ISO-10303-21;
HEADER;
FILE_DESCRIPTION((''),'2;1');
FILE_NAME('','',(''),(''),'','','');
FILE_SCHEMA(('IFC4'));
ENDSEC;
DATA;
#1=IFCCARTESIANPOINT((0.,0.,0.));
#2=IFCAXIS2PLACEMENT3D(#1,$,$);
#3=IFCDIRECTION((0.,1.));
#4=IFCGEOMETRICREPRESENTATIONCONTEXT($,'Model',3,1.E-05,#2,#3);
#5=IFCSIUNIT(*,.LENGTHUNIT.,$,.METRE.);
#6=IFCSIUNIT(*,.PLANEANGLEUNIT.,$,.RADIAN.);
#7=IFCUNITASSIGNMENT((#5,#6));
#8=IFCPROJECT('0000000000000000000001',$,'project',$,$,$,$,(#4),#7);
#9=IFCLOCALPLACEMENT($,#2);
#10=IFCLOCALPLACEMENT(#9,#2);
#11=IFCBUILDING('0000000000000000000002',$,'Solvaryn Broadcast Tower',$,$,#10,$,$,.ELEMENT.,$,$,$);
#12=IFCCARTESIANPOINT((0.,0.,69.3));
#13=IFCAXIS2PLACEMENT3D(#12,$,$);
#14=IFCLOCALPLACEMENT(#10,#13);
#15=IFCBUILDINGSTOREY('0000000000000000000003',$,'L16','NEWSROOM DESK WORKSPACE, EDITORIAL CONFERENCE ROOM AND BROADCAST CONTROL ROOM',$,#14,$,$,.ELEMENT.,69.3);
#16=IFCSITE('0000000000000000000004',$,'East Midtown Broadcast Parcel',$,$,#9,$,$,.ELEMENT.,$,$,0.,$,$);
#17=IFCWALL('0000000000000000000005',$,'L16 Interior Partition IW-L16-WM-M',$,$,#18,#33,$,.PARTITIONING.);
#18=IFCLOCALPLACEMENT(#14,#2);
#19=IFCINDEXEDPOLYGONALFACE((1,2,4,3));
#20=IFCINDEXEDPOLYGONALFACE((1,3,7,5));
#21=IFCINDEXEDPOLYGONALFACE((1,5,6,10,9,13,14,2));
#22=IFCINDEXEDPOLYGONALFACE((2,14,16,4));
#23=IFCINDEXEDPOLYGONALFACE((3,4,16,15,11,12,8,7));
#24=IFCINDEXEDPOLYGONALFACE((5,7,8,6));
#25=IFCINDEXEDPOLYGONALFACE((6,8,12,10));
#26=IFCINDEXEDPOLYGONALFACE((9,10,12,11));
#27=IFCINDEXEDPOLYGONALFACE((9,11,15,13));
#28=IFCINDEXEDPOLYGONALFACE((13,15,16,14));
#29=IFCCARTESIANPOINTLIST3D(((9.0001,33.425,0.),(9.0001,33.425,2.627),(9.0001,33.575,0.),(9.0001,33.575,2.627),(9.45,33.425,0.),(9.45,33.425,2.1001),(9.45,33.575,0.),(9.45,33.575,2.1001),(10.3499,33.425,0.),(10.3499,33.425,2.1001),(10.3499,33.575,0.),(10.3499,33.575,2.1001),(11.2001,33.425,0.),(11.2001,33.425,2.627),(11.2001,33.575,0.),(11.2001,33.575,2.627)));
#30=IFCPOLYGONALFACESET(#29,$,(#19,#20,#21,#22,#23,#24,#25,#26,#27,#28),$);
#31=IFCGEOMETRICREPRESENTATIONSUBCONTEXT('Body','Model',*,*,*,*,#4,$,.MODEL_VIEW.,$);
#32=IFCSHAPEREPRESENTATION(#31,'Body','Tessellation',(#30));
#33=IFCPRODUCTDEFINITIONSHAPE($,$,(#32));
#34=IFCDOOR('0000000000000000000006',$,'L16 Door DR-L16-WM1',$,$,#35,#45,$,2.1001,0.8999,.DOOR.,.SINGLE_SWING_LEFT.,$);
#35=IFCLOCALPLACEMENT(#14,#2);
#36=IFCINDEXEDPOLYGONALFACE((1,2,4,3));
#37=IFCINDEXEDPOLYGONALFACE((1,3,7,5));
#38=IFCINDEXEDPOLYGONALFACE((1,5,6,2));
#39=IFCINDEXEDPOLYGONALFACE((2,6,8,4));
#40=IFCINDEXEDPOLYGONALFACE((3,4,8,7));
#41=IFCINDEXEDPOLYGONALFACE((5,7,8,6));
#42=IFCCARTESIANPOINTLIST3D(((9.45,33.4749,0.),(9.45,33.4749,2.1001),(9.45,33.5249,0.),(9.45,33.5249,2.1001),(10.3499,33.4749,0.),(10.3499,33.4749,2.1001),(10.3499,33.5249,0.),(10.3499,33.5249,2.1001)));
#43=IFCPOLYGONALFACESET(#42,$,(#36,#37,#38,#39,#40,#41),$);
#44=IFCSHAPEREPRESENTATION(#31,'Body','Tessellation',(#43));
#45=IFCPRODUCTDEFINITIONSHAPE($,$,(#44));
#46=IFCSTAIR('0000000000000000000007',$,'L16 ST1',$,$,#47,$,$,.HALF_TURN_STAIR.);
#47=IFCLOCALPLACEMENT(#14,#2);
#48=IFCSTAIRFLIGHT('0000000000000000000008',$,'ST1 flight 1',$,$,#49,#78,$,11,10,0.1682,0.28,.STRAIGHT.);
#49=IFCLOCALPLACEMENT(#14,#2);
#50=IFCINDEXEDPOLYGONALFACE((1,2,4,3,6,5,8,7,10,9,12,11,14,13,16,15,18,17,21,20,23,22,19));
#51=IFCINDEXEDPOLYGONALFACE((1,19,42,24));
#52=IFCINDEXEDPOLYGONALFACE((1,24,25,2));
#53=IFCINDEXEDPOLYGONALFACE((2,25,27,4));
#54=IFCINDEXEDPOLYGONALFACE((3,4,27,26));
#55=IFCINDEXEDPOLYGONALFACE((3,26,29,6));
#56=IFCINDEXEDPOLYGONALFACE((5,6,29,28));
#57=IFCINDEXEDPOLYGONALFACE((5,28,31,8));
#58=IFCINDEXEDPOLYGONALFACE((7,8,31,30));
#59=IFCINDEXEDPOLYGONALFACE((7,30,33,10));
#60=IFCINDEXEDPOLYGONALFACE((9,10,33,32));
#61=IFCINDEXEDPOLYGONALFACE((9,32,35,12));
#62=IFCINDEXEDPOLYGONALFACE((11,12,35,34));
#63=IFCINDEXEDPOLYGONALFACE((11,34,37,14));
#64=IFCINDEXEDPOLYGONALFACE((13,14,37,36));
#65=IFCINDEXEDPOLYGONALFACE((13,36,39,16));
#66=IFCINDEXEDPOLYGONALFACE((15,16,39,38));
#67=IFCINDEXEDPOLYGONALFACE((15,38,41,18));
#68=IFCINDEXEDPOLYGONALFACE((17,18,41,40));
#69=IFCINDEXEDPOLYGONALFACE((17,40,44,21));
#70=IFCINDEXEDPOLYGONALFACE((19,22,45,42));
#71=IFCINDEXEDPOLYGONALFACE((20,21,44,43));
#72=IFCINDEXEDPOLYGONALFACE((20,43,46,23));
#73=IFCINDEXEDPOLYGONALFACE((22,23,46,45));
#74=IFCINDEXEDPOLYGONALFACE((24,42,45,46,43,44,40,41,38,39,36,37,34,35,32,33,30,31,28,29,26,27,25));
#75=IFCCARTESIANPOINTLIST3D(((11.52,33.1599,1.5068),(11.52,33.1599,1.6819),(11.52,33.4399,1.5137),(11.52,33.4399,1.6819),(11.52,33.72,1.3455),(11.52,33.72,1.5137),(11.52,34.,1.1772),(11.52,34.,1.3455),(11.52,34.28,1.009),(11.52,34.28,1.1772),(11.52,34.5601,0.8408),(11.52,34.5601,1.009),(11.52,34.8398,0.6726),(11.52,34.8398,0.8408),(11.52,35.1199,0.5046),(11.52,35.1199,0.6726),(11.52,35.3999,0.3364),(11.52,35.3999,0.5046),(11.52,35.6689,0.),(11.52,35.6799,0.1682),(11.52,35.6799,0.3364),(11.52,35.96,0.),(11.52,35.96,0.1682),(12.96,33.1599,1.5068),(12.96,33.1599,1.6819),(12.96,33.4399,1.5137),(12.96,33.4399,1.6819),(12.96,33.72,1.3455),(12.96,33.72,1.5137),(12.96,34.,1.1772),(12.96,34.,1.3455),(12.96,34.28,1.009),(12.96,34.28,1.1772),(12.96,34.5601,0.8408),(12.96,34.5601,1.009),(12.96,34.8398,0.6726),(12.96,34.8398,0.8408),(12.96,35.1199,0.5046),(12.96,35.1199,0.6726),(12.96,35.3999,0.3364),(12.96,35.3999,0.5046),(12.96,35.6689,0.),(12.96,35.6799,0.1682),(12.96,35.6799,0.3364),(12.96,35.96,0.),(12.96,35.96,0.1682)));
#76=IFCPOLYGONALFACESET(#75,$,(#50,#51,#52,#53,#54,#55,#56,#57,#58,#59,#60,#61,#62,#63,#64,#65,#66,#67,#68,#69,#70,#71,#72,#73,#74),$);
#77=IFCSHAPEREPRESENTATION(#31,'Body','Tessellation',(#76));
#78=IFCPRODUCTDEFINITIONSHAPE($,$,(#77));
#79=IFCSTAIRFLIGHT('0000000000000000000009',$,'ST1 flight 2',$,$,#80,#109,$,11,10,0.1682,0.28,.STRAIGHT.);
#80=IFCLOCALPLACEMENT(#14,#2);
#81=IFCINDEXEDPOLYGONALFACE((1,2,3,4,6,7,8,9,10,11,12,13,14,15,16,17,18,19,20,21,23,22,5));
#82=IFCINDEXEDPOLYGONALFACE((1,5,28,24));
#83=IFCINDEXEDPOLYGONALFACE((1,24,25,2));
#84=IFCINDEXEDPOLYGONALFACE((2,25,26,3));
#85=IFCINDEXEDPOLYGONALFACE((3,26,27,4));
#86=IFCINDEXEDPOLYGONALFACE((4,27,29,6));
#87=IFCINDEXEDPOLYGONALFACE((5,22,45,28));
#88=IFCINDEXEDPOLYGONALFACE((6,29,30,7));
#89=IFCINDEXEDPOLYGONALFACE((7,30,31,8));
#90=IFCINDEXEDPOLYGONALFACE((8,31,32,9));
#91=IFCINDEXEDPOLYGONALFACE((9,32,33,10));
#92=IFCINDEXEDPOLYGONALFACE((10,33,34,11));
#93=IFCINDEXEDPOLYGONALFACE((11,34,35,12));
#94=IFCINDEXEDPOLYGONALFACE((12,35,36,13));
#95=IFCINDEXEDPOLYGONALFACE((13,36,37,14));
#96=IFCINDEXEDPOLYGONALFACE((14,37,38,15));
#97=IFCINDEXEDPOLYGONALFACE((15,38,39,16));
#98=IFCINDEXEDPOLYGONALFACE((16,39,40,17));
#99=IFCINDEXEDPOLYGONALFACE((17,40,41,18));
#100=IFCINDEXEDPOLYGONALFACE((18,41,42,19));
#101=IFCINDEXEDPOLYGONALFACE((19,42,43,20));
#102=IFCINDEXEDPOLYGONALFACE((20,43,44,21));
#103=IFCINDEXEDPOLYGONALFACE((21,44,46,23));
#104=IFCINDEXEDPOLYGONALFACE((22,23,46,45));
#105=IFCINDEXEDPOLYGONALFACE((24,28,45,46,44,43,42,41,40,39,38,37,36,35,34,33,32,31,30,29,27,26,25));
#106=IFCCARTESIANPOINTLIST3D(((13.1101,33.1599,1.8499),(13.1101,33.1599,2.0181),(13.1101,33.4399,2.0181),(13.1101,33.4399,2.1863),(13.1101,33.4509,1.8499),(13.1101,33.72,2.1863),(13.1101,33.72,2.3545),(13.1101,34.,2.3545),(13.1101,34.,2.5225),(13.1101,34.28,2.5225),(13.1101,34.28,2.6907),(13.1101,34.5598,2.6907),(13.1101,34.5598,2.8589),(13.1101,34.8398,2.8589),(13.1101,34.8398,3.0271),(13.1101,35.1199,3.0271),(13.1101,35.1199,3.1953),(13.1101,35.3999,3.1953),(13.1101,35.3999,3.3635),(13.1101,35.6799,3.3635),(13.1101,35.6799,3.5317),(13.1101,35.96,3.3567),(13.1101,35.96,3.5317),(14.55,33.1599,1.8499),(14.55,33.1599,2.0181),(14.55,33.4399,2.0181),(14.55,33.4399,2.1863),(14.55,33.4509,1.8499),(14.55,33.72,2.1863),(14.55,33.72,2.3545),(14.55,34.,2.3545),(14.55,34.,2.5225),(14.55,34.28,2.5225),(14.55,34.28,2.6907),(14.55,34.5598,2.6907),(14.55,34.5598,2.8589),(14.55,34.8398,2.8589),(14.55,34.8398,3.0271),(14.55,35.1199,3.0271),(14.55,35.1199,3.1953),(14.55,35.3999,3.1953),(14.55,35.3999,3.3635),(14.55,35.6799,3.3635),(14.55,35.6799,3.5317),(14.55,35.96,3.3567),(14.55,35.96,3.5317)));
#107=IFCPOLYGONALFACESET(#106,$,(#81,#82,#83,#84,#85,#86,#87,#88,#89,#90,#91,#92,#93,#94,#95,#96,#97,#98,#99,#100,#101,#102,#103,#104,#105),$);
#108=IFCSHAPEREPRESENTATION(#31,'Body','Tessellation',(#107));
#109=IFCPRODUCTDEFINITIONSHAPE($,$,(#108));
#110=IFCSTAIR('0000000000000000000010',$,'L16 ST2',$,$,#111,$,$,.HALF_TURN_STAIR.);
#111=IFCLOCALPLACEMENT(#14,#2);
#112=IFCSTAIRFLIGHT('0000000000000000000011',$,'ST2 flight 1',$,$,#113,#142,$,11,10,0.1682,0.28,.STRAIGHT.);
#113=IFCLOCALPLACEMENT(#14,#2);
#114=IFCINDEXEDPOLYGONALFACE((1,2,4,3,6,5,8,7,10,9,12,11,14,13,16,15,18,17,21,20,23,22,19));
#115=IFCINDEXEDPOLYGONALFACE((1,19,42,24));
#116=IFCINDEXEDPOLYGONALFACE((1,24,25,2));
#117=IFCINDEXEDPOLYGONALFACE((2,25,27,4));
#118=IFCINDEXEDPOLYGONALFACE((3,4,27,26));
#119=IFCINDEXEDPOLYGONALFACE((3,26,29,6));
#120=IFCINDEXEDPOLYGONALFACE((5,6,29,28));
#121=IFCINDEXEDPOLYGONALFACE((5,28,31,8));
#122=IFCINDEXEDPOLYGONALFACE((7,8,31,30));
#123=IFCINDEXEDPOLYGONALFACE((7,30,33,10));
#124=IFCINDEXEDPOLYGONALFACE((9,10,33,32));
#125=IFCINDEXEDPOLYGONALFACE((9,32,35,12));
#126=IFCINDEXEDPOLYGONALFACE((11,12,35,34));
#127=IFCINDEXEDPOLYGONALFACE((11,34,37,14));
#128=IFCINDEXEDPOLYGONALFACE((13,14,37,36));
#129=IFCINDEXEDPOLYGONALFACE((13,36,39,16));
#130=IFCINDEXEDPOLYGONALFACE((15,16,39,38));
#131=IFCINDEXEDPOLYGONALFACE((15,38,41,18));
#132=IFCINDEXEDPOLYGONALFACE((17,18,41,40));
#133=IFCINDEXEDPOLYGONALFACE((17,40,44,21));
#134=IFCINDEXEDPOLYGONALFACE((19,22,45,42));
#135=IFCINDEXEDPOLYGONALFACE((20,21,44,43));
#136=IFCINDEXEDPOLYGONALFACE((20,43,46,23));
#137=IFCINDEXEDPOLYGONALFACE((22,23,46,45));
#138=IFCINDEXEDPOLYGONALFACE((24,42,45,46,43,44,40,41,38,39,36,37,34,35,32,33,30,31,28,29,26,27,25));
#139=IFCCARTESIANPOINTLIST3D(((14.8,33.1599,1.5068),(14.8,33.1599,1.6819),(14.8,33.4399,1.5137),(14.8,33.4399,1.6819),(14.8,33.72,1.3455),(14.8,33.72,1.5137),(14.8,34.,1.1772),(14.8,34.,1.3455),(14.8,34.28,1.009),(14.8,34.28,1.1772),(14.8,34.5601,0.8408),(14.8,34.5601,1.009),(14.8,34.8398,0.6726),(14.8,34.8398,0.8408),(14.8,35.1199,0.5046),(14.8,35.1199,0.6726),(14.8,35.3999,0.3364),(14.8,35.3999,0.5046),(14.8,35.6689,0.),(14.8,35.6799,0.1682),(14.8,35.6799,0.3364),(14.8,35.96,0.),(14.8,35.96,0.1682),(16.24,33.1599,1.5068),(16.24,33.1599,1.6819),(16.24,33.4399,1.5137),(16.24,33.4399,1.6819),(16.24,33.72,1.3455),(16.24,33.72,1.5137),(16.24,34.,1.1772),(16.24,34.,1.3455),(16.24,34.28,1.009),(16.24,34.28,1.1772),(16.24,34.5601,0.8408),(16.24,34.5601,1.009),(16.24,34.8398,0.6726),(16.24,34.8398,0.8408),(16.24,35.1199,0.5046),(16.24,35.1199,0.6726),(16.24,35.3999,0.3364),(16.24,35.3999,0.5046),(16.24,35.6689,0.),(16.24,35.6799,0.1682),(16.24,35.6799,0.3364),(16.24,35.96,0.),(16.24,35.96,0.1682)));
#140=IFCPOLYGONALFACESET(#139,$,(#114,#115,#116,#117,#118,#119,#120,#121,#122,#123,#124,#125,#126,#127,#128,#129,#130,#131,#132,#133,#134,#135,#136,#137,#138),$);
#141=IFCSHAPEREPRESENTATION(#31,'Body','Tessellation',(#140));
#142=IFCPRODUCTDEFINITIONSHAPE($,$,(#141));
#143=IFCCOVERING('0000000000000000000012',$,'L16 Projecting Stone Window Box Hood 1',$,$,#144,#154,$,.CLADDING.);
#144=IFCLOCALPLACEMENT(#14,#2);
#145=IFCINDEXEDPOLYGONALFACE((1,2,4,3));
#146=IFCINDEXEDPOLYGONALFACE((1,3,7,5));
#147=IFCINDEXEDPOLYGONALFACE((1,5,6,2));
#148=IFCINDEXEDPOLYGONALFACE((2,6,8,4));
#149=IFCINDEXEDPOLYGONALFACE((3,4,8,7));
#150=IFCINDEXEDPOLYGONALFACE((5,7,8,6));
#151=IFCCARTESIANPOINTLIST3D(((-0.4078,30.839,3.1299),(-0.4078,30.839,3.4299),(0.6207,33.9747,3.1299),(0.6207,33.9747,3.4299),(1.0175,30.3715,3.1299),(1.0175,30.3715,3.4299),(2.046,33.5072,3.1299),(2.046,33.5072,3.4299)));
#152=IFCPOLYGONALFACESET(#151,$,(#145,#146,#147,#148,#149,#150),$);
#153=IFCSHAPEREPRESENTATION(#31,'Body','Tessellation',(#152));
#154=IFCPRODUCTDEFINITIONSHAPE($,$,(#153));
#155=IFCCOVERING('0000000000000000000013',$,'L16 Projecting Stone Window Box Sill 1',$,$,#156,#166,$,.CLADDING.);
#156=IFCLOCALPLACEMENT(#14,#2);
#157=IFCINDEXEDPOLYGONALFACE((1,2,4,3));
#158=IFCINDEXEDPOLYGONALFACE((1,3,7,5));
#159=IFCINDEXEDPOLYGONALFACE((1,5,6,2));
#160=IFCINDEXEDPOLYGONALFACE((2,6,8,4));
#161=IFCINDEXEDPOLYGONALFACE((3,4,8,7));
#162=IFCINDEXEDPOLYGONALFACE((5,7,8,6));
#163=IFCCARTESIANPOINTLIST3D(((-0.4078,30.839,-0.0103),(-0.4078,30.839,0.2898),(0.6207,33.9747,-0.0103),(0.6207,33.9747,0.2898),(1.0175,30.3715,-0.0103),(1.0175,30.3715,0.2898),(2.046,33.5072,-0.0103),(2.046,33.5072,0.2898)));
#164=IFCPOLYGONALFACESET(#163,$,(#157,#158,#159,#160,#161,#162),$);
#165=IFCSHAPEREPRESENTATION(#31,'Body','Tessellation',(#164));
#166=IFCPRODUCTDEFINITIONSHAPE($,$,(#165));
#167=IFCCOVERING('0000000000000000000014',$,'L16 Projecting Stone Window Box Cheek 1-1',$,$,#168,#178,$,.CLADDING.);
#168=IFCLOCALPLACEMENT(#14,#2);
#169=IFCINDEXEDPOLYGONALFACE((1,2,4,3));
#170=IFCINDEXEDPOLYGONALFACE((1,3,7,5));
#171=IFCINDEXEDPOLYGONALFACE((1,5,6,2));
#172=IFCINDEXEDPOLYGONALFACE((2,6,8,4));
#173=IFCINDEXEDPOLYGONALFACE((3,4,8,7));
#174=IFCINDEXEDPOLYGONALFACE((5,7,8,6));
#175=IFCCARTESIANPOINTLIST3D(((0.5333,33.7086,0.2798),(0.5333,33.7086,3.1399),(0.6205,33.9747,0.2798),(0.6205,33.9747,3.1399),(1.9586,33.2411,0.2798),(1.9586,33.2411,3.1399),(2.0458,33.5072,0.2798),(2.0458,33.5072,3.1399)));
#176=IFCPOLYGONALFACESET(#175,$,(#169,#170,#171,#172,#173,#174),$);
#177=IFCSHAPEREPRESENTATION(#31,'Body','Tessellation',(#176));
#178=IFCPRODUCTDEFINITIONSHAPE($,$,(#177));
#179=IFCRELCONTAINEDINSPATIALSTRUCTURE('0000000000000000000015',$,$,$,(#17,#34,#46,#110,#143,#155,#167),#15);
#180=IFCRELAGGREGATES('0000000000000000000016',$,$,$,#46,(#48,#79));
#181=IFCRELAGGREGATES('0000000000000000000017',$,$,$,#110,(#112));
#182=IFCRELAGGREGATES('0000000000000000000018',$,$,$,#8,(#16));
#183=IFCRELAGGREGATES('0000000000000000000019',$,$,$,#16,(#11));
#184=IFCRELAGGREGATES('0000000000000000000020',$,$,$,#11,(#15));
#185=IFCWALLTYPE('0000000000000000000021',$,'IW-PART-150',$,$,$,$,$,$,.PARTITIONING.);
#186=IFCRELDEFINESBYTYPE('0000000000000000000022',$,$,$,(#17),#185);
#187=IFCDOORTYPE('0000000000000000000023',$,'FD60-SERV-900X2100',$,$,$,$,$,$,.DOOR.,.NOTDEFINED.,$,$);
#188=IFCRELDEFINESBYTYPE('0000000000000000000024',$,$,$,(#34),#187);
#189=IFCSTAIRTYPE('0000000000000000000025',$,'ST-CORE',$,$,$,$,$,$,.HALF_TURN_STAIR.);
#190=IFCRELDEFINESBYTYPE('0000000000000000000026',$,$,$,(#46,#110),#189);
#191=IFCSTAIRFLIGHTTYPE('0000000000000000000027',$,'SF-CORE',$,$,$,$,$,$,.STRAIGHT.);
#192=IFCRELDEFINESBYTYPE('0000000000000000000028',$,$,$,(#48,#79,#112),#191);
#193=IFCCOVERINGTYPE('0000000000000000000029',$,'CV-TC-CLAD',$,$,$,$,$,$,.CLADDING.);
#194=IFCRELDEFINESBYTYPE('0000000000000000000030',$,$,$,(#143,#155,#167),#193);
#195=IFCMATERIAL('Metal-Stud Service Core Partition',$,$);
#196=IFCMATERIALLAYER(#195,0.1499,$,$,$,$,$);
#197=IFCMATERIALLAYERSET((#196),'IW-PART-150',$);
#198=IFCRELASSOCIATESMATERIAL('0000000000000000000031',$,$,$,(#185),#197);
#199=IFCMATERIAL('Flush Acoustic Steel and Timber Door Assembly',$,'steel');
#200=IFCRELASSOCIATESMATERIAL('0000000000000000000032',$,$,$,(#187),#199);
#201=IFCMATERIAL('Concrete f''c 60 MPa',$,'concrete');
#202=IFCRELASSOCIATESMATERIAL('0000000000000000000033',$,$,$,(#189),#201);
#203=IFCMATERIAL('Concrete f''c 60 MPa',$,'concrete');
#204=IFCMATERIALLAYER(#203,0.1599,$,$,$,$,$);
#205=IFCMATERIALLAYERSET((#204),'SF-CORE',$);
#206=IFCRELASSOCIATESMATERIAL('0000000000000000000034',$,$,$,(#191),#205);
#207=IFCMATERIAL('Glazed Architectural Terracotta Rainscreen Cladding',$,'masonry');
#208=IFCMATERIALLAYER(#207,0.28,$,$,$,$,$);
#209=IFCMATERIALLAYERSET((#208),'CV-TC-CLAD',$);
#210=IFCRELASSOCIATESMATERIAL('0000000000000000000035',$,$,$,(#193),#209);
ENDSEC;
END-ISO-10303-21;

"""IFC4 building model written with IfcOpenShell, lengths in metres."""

from ifc_helpers import new_model, si_unit, direction, frame, frame_2d, origin, origin_2d, place, context, subcontext, project, spatial, polyline, rectangle, outline, extrude, material, layer, layer_set, type_object, element, fill, aggregate, save


model = new_model("IFC4")

# Units and contexts
model_context = context("Model", 3, precision=1e-05, world=origin(), true_north=direction((0.0, 1.0)))
body_context = subcontext(model_context, "Body", "Model", "MODEL_VIEW")
ifc_project = project(units=[si_unit("LENGTHUNIT", "METRE"), si_unit("PLANEANGLEUNIT", "RADIAN")], contexts=[model_context])

# Site, building, storey
site_placement = place(None, origin())
site = spatial("IfcSite", under=ifc_project, at=site_placement, Name="East Midtown Broadcast Parcel", CompositionType="ELEMENT", RefElevation=0.0)
building_placement = place(site_placement, origin())
building = spatial("IfcBuilding", under=site, at=building_placement, Name="Solvaryn Broadcast Tower", CompositionType="ELEMENT")
storey_placement = place(building_placement, frame((0.0, 0.0, 69.3)))
storey = spatial("IfcBuildingStorey", under=building, at=storey_placement, Name="L16", Description="NEWSROOM DESK WORKSPACE, EDITORIAL CONFERENCE ROOM AND BROADCAST CONTROL ROOM", CompositionType="ELEMENT", Elevation=69.3)

# Wall, opening, door
ifc_material_1 = material(Name="Metal-Stud Service Core Partition")
ifc_layer_1 = layer(ifc_material_1, 0.1499)
ifc_layer_set_1 = layer_set([ifc_layer_1], Name="IW-PART-150")
wall_type = type_object("IfcWallType", Name="IW-PART-150", PredefinedType="PARTITIONING", material=ifc_layer_set_1)
wall_placement = place(storey_placement, frame((9.0, 33.5, 0.0), z_axis=(0.0, 0.0, 1.0), x_axis=(1.0, 0.0, 0.0)))
wall = element("IfcWall", 1, at=wall_placement, inside=storey, type_object=wall_type, Name="L16 Interior Partition IW-L16-WM-M", PredefinedType="PARTITIONING", context=body_context, shape_type="SweptSolid", body=[
    extrude(rectangle(XDim=2.2, YDim=0.1499, at=frame_2d((1.1001, 0.0))), origin(), (0.0, 0.0, 1.0), 2.627),
])
opening_placement = place(wall_placement, frame((0.45, 0.0, 0.0)))
opening = element("IfcOpeningElement", 2, at=opening_placement, cuts=wall, PredefinedType="OPENING", context=body_context, shape_type="SweptSolid", body=[
    extrude(rectangle(XDim=0.8999, YDim=2.1001, at=frame_2d((0.45, 1.05))), frame((0.0, 0.085, 0.0), z_axis=(0.0, -1.0, 0.0), x_axis=(1.0, 0.0, 0.0)), (0.0, 0.0, 1.0), 0.1699),
])
ifc_material_2 = material(Name="Flush Acoustic Steel and Timber Door Assembly", Category="steel")
door_type = type_object("IfcDoorType", Name="FD60-SERV-900X2100", OperationType="NOTDEFINED", PredefinedType="DOOR", material=ifc_material_2)
door_placement = place(opening_placement, origin())
door = element("IfcDoor", 3, at=door_placement, inside=storey, type_object=door_type, Name="L16 Door DR-L16-WM1", OperationType="SINGLE_SWING_LEFT", OverallHeight=2.1001, OverallWidth=0.8999, PredefinedType="DOOR", context=body_context, shape_type="SweptSolid", body=[
    extrude(rectangle(XDim=0.8999, YDim=2.1001, at=frame_2d((0.45, 1.05))), frame((0.0, 0.0249, 0.0), z_axis=(0.0, -1.0, 0.0), x_axis=(1.0, 0.0, 0.0)), (0.0, 0.0, 1.0), 0.05),
])
fill(opening, door)

# Stair, stair flights
ifc_material_3 = material(Name="Concrete f'c 60 MPa", Category="concrete")
stair_type = type_object("IfcStairType", Name="ST-CORE", PredefinedType="HALF_TURN_STAIR", material=ifc_material_3)
stair_1_placement = place(storey_placement, origin())
stair_1 = element("IfcStair", 4, at=stair_1_placement, inside=storey, type_object=stair_type, Name="L16 ST1", PredefinedType="HALF_TURN_STAIR")
ifc_material_4 = material(Name="Concrete f'c 60 MPa", Category="concrete")
ifc_layer_2 = layer(ifc_material_4, 0.1599)
ifc_layer_set_2 = layer_set([ifc_layer_2], Name="SF-CORE")
stair_flight_type = type_object("IfcStairFlightType", Name="SF-CORE", PredefinedType="STRAIGHT", material=ifc_layer_set_2)
stair_flight_1_placement = place(storey_placement, frame((12.24, 35.96, 0.0), z_axis=(0.0, 0.0, 1.0), x_axis=(0.0, -1.0, 0.0)))
stair_flight_1 = element("IfcStairFlight", 5, at=stair_flight_1_placement, type_object=stair_flight_type, Name="ST1 flight 1", NumberOfRisers=11, NumberOfTreads=10, PredefinedType="STRAIGHT", RiserHeight=0.1682, TreadLength=0.28, context=body_context, shape_type="SweptSolid", body=[
    extrude(outline(polyline([(0.0, 0.0), (0.0, 0.1682), (0.28, 0.1682), (0.28, 0.3364), (0.5601, 0.3364), (0.5601, 0.5046), (0.8401, 0.5046), (0.8401, 0.6726), (1.1201, 0.6726), (1.1201, 0.8408), (1.3999, 0.8408), (1.3999, 1.009), (1.6799, 1.009), (1.6799, 1.1772), (1.96, 1.1772), (1.96, 1.3455), (2.24, 1.3455), (2.24, 1.5137), (2.52, 1.5137), (2.52, 1.6819), (2.8, 1.6819), (2.8, 1.8501), (2.8, 1.5068), (0.291, 0.0), (0.0, 0.0)])), frame((0.0, 0.72, 0.0), z_axis=(0.0, -1.0, 0.0), x_axis=(1.0, 0.0, 0.0)), (0.0, 0.0, 1.0), 1.4399),
])
stair_flight_2_placement = place(storey_placement, frame((13.8301, 33.1599, 1.8499), z_axis=(0.0, 0.0, 1.0), x_axis=(0.0, 1.0, 0.0)))
stair_flight_2 = element("IfcStairFlight", 6, at=stair_flight_2_placement, type_object=stair_flight_type, Name="ST1 flight 2", NumberOfRisers=11, NumberOfTreads=10, PredefinedType="STRAIGHT", RiserHeight=0.1682, TreadLength=0.28, context=body_context, shape_type="SweptSolid", body=[
    extrude(outline(polyline([(0.0, 0.0), (0.0, 0.1682), (0.28, 0.1682), (0.28, 0.3364), (0.5601, 0.3364), (0.5601, 0.5046), (0.8401, 0.5046), (0.8401, 0.6726), (1.1201, 0.6726), (1.1201, 0.8408), (1.3999, 0.8408), (1.3999, 1.009), (1.6799, 1.009), (1.6799, 1.1772), (1.96, 1.1772), (1.96, 1.3455), (2.24, 1.3455), (2.24, 1.5137), (2.52, 1.5137), (2.52, 1.6819), (2.8, 1.6819), (2.8, 1.8501), (2.8, 1.5068), (0.291, 0.0), (0.0, 0.0)])), frame((0.0, 0.72, 0.0), z_axis=(0.0, -1.0, 0.0), x_axis=(1.0, 0.0, 0.0)), (0.0, 0.0, 1.0), 1.4399),
])
aggregate(stair_1, [stair_flight_1, stair_flight_2])

# Stair, stair flight
stair_2_placement = place(storey_placement, origin())
stair_2 = element("IfcStair", 7, at=stair_2_placement, inside=storey, type_object=stair_type, Name="L16 ST2", PredefinedType="HALF_TURN_STAIR")
stair_flight_3_placement = place(storey_placement, frame((15.52, 35.96, 0.0), z_axis=(0.0, 0.0, 1.0), x_axis=(0.0, -1.0, 0.0)))
stair_flight_3 = element("IfcStairFlight", 8, at=stair_flight_3_placement, type_object=stair_flight_type, Name="ST2 flight 1", NumberOfRisers=11, NumberOfTreads=10, PredefinedType="STRAIGHT", RiserHeight=0.1682, TreadLength=0.28, context=body_context, shape_type="SweptSolid", body=[
    extrude(outline(polyline([(0.0, 0.0), (0.0, 0.1682), (0.28, 0.1682), (0.28, 0.3364), (0.5601, 0.3364), (0.5601, 0.5046), (0.8401, 0.5046), (0.8401, 0.6726), (1.1201, 0.6726), (1.1201, 0.8408), (1.3999, 0.8408), (1.3999, 1.009), (1.6799, 1.009), (1.6799, 1.1772), (1.96, 1.1772), (1.96, 1.3455), (2.24, 1.3455), (2.24, 1.5137), (2.52, 1.5137), (2.52, 1.6819), (2.8, 1.6819), (2.8, 1.8501), (2.8, 1.5068), (0.291, 0.0), (0.0, 0.0)])), frame((0.0, 0.72, 0.0), z_axis=(0.0, -1.0, 0.0), x_axis=(1.0, 0.0, 0.0)), (0.0, 0.0, 1.0), 1.4399),
])
aggregate(stair_2, [stair_flight_3])

# Coverings
ifc_material_5 = material(Name="Glazed Architectural Terracotta Rainscreen Cladding", Category="masonry")
ifc_layer_3 = layer(ifc_material_5, 0.28)
ifc_layer_set_3 = layer_set([ifc_layer_3], Name="CV-TC-CLAD")
covering_type = type_object("IfcCoveringType", Name="CV-TC-CLAD", PredefinedType="CLADDING", material=ifc_layer_set_3)
for number, where, z_axis, x_axis, name in (
    (9, (0.8191, 32.1731, 3.1299), (0.0, 0.0, 1.0), (-0.311672, -0.95019, 0.0), "L16 Projecting Stone Window Box Hood 1"),
    (10, (0.8191, 32.1731, -0.0103), (0.0, 0.0, 1.0), (-0.311672, -0.95019, 0.0), "L16 Projecting Stone Window Box Sill 1"),
):
    element("IfcCovering", number, at=place(storey_placement, frame(where, z_axis=z_axis, x_axis=x_axis)), inside=storey, type_object=covering_type, Name=name, PredefinedType="CLADDING", context=body_context, shape_type="SweptSolid", body=[
        extrude(rectangle(XDim=3.3, YDim=1.5, at=origin_2d()), origin(), (0.0, 0.0, 1.0), 0.3),
    ])
covering_placement = place(storey_placement, frame((1.2896, 33.6079, 0.2798), z_axis=(0.0, 0.0, 1.0), x_axis=(-0.311672, -0.95019, 0.0)))
element("IfcCovering", 11, at=covering_placement, inside=storey, type_object=covering_type, Name="L16 Projecting Stone Window Box Cheek 1-1", PredefinedType="CLADDING", context=body_context, shape_type="SweptSolid", body=[
    extrude(rectangle(XDim=0.28, YDim=1.5, at=origin_2d()), origin(), (0.0, 0.0, 1.0), 2.8601),
])

save(model, "model.ifc")
